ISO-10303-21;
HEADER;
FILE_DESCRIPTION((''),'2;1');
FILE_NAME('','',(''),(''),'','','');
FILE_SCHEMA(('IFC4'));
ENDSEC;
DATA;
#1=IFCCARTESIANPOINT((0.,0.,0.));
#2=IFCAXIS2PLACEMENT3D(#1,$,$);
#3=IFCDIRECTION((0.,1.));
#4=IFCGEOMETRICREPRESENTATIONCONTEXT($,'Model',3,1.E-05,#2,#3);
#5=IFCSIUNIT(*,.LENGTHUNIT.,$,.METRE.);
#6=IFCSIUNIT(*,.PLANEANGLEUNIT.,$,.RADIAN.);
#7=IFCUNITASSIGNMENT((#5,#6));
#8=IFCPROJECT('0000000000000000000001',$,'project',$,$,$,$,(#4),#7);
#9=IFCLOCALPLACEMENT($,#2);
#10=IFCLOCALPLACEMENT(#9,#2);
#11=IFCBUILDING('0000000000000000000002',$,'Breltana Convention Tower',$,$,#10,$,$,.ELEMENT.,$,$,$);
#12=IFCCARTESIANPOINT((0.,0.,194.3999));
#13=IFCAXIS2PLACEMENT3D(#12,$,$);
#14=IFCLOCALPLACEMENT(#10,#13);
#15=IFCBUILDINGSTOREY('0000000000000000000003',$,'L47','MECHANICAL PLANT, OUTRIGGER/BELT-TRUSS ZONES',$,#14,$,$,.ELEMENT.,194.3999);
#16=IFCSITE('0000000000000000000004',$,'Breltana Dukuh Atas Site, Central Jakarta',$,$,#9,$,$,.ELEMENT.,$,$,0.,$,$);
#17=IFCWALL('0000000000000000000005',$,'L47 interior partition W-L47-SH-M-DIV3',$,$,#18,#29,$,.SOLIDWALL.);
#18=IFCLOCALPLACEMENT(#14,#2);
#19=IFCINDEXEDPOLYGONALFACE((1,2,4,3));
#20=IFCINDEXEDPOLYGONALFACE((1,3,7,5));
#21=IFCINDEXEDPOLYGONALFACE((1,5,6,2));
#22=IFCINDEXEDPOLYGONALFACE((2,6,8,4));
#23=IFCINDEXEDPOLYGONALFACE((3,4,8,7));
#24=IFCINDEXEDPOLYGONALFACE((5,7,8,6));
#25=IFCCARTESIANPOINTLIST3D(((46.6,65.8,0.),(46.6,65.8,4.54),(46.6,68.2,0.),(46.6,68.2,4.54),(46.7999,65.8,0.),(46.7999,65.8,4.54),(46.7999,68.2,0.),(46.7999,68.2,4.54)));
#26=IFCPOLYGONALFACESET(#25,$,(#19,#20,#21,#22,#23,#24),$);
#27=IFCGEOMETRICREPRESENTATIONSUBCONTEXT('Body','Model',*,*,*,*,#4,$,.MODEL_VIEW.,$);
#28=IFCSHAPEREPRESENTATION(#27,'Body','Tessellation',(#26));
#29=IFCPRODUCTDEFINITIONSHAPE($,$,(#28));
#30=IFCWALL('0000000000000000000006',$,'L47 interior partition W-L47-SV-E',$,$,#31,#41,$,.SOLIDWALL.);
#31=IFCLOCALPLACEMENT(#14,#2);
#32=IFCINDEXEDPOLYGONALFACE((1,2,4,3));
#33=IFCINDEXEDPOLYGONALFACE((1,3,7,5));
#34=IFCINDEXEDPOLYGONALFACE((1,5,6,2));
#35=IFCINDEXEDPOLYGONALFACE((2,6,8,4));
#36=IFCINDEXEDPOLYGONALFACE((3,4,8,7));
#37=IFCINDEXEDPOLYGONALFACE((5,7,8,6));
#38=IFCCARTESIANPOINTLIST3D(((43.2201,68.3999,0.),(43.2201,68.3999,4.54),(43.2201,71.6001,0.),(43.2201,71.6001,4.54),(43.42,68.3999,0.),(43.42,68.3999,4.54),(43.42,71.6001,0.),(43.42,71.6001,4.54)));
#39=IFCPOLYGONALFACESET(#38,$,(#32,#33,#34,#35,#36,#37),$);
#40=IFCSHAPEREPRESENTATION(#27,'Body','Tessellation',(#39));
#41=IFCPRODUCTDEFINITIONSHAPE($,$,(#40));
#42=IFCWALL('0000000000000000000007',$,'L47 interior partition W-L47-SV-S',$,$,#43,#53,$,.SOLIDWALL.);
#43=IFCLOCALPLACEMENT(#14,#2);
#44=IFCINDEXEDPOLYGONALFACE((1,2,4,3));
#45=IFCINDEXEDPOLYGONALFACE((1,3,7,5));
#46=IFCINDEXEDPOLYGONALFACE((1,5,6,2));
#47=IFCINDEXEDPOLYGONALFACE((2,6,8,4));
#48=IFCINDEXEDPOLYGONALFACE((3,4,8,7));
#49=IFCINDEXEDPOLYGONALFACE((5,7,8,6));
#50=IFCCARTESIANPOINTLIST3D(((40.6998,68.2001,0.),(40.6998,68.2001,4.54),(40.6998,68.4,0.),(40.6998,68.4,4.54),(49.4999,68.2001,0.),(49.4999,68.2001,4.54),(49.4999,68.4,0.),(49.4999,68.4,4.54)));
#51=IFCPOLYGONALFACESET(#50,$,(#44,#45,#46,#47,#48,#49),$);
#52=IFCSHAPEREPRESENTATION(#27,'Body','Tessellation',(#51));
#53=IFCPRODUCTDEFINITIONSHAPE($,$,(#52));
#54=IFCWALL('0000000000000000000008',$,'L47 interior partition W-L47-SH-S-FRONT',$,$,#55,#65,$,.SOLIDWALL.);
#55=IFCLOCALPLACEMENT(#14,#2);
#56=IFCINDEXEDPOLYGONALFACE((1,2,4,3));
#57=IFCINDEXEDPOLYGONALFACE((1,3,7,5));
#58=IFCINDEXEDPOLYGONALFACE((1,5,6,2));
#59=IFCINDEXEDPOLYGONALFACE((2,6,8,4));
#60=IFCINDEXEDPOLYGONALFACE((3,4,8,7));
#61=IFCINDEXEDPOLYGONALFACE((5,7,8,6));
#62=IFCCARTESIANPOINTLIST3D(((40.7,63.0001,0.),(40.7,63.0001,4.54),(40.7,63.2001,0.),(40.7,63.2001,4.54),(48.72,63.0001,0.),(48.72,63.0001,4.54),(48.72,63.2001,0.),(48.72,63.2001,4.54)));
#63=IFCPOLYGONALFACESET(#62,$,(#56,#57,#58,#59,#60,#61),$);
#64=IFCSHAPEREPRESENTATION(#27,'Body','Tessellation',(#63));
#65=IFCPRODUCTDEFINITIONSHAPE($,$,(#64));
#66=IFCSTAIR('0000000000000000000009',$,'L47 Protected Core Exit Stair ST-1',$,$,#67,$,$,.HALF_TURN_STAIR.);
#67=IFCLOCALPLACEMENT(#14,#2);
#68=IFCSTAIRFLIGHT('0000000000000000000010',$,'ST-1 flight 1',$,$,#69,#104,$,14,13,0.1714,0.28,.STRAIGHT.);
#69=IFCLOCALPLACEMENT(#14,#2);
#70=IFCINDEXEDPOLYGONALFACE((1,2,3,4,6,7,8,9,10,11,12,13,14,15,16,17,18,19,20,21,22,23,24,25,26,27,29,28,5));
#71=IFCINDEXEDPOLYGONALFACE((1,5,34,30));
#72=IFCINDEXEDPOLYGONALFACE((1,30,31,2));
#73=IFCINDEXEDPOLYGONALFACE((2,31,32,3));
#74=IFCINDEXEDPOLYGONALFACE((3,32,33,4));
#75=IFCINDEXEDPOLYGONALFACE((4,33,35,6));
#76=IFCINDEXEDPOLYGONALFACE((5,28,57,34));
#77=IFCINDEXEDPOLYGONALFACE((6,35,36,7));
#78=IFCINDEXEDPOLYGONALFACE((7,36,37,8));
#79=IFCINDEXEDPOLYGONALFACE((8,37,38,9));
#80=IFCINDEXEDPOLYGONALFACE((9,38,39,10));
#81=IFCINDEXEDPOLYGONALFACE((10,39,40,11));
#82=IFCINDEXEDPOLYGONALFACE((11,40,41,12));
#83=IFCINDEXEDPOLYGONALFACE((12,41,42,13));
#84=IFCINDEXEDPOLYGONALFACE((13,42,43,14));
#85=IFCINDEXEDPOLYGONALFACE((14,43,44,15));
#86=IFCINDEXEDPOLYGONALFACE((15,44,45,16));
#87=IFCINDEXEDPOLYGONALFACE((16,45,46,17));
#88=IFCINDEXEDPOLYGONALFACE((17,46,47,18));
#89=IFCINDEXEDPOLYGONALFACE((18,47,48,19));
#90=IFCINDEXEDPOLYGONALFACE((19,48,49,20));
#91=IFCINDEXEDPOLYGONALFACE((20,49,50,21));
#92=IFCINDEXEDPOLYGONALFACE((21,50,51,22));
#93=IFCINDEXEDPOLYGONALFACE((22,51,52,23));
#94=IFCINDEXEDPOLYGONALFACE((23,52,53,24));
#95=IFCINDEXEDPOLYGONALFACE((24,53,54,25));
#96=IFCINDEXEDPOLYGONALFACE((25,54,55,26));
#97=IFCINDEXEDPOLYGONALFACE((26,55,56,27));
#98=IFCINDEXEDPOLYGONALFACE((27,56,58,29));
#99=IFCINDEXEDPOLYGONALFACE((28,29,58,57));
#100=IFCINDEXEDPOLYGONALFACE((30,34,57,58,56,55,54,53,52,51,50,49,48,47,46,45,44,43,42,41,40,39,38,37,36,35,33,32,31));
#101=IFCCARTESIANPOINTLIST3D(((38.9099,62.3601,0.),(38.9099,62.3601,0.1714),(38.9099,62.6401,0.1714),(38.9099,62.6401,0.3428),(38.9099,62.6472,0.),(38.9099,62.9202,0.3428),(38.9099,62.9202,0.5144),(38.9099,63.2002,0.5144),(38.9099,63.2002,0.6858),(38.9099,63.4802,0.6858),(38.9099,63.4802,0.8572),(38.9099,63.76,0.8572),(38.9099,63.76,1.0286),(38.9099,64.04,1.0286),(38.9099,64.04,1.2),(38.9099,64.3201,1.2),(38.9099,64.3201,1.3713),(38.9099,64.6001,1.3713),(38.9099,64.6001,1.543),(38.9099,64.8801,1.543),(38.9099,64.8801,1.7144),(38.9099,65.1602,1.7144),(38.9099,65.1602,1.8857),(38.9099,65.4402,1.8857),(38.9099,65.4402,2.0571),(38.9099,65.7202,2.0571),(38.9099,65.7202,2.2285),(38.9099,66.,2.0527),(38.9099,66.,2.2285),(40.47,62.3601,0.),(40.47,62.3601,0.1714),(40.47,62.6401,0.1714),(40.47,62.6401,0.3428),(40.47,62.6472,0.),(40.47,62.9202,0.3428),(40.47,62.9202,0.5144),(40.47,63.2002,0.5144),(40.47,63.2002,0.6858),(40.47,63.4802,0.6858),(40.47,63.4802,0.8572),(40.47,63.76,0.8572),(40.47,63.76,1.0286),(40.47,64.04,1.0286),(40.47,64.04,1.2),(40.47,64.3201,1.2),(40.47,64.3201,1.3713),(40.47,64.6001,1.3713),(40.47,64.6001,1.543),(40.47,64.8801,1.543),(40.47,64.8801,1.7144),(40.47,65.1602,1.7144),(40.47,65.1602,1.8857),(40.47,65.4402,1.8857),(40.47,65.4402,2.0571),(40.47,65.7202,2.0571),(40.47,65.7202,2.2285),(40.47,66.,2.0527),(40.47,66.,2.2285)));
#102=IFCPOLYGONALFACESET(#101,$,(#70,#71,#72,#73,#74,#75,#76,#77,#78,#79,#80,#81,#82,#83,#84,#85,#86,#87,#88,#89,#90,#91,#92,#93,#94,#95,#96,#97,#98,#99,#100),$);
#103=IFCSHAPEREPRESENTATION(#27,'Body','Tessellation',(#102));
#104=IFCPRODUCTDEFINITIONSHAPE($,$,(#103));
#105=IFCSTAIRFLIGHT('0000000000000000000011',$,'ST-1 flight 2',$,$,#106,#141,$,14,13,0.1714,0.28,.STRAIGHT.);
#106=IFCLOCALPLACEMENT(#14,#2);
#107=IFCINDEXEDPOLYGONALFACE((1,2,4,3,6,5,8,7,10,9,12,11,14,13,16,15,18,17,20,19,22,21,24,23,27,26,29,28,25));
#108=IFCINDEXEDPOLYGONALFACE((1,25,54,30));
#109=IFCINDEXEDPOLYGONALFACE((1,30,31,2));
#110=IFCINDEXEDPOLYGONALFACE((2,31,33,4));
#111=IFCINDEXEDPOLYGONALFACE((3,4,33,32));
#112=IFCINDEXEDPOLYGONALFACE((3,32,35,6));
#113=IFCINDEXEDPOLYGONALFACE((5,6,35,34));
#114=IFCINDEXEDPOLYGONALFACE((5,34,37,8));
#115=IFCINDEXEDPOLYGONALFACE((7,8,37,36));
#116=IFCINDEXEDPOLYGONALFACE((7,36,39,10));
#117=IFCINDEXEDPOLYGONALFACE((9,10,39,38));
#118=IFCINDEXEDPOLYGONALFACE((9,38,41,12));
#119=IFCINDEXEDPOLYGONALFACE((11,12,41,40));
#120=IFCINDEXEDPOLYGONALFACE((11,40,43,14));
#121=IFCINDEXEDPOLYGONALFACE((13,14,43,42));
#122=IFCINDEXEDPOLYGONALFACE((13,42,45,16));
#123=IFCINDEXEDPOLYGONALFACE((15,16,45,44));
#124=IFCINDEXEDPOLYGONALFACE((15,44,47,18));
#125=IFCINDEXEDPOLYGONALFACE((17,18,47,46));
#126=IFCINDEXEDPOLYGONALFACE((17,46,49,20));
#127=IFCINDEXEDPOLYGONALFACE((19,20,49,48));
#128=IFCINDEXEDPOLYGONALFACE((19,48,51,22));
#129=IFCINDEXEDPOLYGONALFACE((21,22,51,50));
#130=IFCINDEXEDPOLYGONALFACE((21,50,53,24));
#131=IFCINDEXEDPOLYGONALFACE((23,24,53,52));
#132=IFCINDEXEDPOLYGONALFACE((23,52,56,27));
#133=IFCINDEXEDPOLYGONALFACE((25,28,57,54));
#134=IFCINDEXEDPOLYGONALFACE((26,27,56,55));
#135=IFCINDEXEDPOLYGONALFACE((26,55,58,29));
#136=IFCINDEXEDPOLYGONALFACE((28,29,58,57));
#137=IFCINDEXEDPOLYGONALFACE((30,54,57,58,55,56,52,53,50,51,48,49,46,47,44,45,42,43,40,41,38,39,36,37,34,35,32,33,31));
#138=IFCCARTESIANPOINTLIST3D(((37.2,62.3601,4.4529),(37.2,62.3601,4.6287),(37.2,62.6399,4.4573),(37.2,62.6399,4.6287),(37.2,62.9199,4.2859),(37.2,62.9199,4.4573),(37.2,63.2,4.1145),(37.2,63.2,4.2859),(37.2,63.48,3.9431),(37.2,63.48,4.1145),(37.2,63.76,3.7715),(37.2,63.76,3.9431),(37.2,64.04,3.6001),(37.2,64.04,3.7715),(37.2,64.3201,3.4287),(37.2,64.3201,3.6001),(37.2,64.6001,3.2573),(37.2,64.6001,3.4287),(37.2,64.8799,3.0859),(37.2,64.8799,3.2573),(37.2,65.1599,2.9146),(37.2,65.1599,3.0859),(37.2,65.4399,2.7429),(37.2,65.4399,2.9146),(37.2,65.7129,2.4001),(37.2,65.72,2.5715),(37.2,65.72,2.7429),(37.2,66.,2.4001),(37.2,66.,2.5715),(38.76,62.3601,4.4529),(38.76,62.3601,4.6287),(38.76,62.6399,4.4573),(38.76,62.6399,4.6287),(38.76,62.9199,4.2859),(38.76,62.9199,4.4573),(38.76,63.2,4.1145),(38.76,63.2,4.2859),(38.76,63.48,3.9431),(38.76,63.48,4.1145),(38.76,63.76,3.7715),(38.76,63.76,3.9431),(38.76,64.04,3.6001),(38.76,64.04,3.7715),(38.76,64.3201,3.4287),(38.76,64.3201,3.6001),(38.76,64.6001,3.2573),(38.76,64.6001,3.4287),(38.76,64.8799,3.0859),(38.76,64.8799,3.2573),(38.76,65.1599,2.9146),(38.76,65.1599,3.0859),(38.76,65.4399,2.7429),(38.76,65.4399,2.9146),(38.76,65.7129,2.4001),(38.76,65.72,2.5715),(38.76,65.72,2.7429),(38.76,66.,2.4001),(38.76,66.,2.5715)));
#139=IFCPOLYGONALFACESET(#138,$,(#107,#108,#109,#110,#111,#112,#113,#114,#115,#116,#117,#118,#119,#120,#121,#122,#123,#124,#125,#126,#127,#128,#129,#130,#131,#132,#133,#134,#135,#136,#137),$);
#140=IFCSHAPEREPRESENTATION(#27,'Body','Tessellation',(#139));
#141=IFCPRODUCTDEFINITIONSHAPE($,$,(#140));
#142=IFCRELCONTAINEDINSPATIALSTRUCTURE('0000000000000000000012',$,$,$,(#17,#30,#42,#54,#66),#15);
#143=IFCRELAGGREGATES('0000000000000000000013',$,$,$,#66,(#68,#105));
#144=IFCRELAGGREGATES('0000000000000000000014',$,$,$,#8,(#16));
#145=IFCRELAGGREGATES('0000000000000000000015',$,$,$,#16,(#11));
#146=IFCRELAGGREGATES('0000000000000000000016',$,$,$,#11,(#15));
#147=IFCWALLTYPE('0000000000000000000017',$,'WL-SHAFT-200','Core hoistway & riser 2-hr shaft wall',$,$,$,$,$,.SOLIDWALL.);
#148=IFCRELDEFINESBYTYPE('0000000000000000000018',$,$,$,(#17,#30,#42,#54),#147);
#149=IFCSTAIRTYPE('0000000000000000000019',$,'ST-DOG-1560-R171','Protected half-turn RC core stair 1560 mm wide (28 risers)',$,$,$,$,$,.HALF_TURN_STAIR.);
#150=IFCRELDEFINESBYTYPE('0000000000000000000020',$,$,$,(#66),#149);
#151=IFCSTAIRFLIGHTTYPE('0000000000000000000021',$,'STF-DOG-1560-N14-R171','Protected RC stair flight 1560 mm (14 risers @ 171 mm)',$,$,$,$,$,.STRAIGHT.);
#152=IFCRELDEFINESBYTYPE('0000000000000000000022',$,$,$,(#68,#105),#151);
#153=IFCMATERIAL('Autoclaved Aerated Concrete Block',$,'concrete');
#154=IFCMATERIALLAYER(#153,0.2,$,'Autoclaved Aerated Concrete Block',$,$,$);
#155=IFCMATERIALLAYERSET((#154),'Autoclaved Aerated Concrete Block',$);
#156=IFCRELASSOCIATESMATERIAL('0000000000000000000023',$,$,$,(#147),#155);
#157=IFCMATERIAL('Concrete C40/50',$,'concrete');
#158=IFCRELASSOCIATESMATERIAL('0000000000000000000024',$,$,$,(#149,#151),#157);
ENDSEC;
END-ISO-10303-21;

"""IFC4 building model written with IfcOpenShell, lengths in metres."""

from ifc_helpers import new_model, si_unit, direction, frame, frame_2d, origin, place, context, subcontext, project, spatial, polyline, rectangle, outline, extrude, source, transform, mapped, material, layer, layer_set, type_object, element, aggregate, save


model = new_model("IFC4")

# Units and contexts
model_context = context("Model", 3, precision=1e-05, world=origin(), true_north=direction((0.0, 1.0)))
body_context = subcontext(model_context, "Body", "Model", "MODEL_VIEW")
ifc_project = project(units=[si_unit("LENGTHUNIT", "METRE"), si_unit("PLANEANGLEUNIT", "RADIAN")], contexts=[model_context])

# Site, building, storey
site_placement = place(None, origin())
site = spatial("IfcSite", under=ifc_project, at=site_placement, Name="Breltana Dukuh Atas Site, Central Jakarta", CompositionType="ELEMENT", RefElevation=0.0)
building_placement = place(site_placement, origin())
building = spatial("IfcBuilding", under=site, at=building_placement, Name="Breltana Convention Tower", CompositionType="ELEMENT")
storey_placement = place(building_placement, frame((0.0, 0.0, 194.3999)))
storey = spatial("IfcBuildingStorey", under=building, at=storey_placement, Name="L47", Description="MECHANICAL PLANT, OUTRIGGER/BELT-TRUSS ZONES", CompositionType="ELEMENT", Elevation=194.3999)

# Walls
ifc_material_1 = material(Name="Autoclaved Aerated Concrete Block", Category="concrete")
ifc_layer_1 = layer(ifc_material_1, 0.2, Name="Autoclaved Aerated Concrete Block")
ifc_layer_set_1 = layer_set([ifc_layer_1], Name="Autoclaved Aerated Concrete Block")
wall_type = type_object("IfcWallType", Name="WL-SHAFT-200", Description="Core hoistway & riser 2-hr shaft wall", PredefinedType="SOLIDWALL", material=ifc_layer_set_1)
shared_shape_1 = source(origin(), body_context, "Body", "SweptSolid", [
    extrude(rectangle(XDim=2.3999, YDim=0.2, at=frame_2d((1.2, 0.0))), origin(), (0.0, 0.0, 1.0), 4.54),
])
for number, where, z_axis, x_axis, name in (
    (1, (46.7, 65.8, 0.0), (0.0, 0.0, 1.0), (0.0, 1.0, 0.0), "L47 interior partition W-L47-SH-M-DIV3"),
):
    element("IfcWall", number, at=place(storey_placement, frame(where, z_axis=z_axis, x_axis=x_axis)), inside=storey, type_object=wall_type, Name=name, PredefinedType="SOLIDWALL", context=body_context, shape_type="MappedRepresentation", body=[
        mapped(shared_shape_1, transform((0.0, 0.0, 0.0), scale=1.0)),
    ])
shared_shape_2 = source(origin(), body_context, "Body", "SweptSolid", [
    extrude(rectangle(XDim=3.2002, YDim=0.2, at=frame_2d((1.6001, 0.0))), origin(), (0.0, 0.0, 1.0), 4.54),
])
wall_1_placement = place(storey_placement, frame((43.3201, 68.3999, 0.0), z_axis=(0.0, 0.0, 1.0), x_axis=(0.0, 1.0, 0.0)))
element("IfcWall", 2, at=wall_1_placement, inside=storey, type_object=wall_type, Name="L47 interior partition W-L47-SV-E", PredefinedType="SOLIDWALL", context=body_context, shape_type="MappedRepresentation", body=[
    mapped(shared_shape_2, transform((0.0, 0.0, 0.0), scale=1.0)),
])
shared_shape_3 = source(origin(), body_context, "Body", "SweptSolid", [
    extrude(rectangle(XDim=8.8, YDim=0.2, at=frame_2d((4.3999, 0.0))), origin(), (0.0, 0.0, 1.0), 4.54),
])
wall_2_placement = place(storey_placement, frame((40.7, 68.3, 0.0), z_axis=(0.0, 0.0, 1.0), x_axis=(1.0, 0.0, 0.0)))
element("IfcWall", 3, at=wall_2_placement, inside=storey, type_object=wall_type, Name="L47 interior partition W-L47-SV-S", PredefinedType="SOLIDWALL", context=body_context, shape_type="MappedRepresentation", body=[
    mapped(shared_shape_3, transform((0.0, 0.0, 0.0), scale=1.0)),
])

# Wall
shared_shape_4 = source(origin(), body_context, "Body", "SweptSolid", [
    extrude(rectangle(XDim=8.02, YDim=0.2, at=frame_2d((4.01, 0.0))), origin(), (0.0, 0.0, 1.0), 4.54),
])
wall_3_placement = place(storey_placement, frame((40.7, 63.1001, 0.0), z_axis=(0.0, 0.0, 1.0), x_axis=(1.0, 0.0, 0.0)))
element("IfcWall", 4, at=wall_3_placement, inside=storey, type_object=wall_type, Name="L47 interior partition W-L47-SH-S-FRONT", PredefinedType="SOLIDWALL", context=body_context, shape_type="MappedRepresentation", body=[
    mapped(shared_shape_4, transform((0.0, 0.0, 0.0), scale=1.0)),
])

# Stair, stair flights
ifc_material_2 = material(Name="Concrete C40/50", Category="concrete")
stair_type = type_object("IfcStairType", Name="ST-DOG-1560-R171", Description="Protected half-turn RC core stair 1560 mm wide (28 risers)", PredefinedType="HALF_TURN_STAIR", material=ifc_material_2)
stair_placement = place(storey_placement, origin())
stair = element("IfcStair", 5, at=stair_placement, inside=storey, type_object=stair_type, Name="L47 Protected Core Exit Stair ST-1", PredefinedType="HALF_TURN_STAIR")
stair_flight_type = type_object("IfcStairFlightType", Name="STF-DOG-1560-N14-R171", Description="Protected RC stair flight 1560 mm (14 risers @ 171 mm)", PredefinedType="STRAIGHT", material=ifc_material_2)
stair_flight_1_placement = place(storey_placement, frame((39.6899, 62.3601, 0.0), z_axis=(0.0, 0.0, 1.0), x_axis=(0.0, 1.0, 0.0)))
stair_flight_1 = element("IfcStairFlight", 6, at=stair_flight_1_placement, type_object=stair_flight_type, Name="ST-1 flight 1", NumberOfRisers=14, NumberOfTreads=13, PredefinedType="STRAIGHT", RiserHeight=0.1714, TreadLength=0.28, context=body_context, shape_type="SweptSolid", body=[
    extrude(outline(polyline([(0.0, 0.0), (0.0, 0.1714), (0.28, 0.1714), (0.28, 0.3428), (0.5601, 0.3428), (0.5601, 0.5144), (0.8401, 0.5144), (0.8401, 0.6858), (1.1201, 0.6858), (1.1201, 0.8572), (1.3999, 0.8572), (1.3999, 1.0286), (1.6799, 1.0286), (1.6799, 1.2), (1.96, 1.2), (1.96, 1.3713), (2.24, 1.3713), (2.24, 1.543), (2.52, 1.543), (2.52, 1.7144), (2.8, 1.7144), (2.8, 1.8857), (3.0801, 1.8857), (3.0801, 2.0571), (3.3601, 2.0571), (3.3601, 2.2285), (3.6399, 2.2285), (3.6399, 2.3999), (3.6399, 2.0527), (0.2871, 0.0), (0.0, 0.0)])), frame((0.0, 0.78, 0.0), z_axis=(0.0, -1.0, 0.0), x_axis=(1.0, 0.0, 0.0)), (0.0, 0.0, 1.0), 1.5601),
])
stair_flight_2_placement = place(storey_placement, frame((37.98, 66.0, 2.4001), z_axis=(0.0, 0.0, 1.0), x_axis=(0.0, -1.0, 0.0)))
stair_flight_2 = element("IfcStairFlight", 7, at=stair_flight_2_placement, type_object=stair_flight_type, Name="ST-1 flight 2", NumberOfRisers=14, NumberOfTreads=13, PredefinedType="STRAIGHT", RiserHeight=0.1714, TreadLength=0.28, context=body_context, shape_type="SweptSolid", body=[
    extrude(outline(polyline([(0.0, 0.0), (0.0, 0.1714), (0.28, 0.1714), (0.28, 0.3428), (0.5601, 0.3428), (0.5601, 0.5144), (0.8401, 0.5144), (0.8401, 0.6858), (1.1201, 0.6858), (1.1201, 0.8572), (1.3999, 0.8572), (1.3999, 1.0286), (1.6799, 1.0286), (1.6799, 1.2), (1.96, 1.2), (1.96, 1.3713), (2.24, 1.3713), (2.24, 1.543), (2.52, 1.543), (2.52, 1.7144), (2.8, 1.7144), (2.8, 1.8857), (3.0801, 1.8857), (3.0801, 2.0571), (3.3601, 2.0571), (3.3601, 2.2285), (3.6399, 2.2285), (3.6399, 2.3999), (3.6399, 2.0527), (0.2871, 0.0), (0.0, 0.0)])), frame((0.0, 0.78, 0.0), z_axis=(0.0, -1.0, 0.0), x_axis=(1.0, 0.0, 0.0)), (0.0, 0.0, 1.0), 1.5601),
])
aggregate(stair, [stair_flight_1, stair_flight_2])

save(model, "model.ifc")
